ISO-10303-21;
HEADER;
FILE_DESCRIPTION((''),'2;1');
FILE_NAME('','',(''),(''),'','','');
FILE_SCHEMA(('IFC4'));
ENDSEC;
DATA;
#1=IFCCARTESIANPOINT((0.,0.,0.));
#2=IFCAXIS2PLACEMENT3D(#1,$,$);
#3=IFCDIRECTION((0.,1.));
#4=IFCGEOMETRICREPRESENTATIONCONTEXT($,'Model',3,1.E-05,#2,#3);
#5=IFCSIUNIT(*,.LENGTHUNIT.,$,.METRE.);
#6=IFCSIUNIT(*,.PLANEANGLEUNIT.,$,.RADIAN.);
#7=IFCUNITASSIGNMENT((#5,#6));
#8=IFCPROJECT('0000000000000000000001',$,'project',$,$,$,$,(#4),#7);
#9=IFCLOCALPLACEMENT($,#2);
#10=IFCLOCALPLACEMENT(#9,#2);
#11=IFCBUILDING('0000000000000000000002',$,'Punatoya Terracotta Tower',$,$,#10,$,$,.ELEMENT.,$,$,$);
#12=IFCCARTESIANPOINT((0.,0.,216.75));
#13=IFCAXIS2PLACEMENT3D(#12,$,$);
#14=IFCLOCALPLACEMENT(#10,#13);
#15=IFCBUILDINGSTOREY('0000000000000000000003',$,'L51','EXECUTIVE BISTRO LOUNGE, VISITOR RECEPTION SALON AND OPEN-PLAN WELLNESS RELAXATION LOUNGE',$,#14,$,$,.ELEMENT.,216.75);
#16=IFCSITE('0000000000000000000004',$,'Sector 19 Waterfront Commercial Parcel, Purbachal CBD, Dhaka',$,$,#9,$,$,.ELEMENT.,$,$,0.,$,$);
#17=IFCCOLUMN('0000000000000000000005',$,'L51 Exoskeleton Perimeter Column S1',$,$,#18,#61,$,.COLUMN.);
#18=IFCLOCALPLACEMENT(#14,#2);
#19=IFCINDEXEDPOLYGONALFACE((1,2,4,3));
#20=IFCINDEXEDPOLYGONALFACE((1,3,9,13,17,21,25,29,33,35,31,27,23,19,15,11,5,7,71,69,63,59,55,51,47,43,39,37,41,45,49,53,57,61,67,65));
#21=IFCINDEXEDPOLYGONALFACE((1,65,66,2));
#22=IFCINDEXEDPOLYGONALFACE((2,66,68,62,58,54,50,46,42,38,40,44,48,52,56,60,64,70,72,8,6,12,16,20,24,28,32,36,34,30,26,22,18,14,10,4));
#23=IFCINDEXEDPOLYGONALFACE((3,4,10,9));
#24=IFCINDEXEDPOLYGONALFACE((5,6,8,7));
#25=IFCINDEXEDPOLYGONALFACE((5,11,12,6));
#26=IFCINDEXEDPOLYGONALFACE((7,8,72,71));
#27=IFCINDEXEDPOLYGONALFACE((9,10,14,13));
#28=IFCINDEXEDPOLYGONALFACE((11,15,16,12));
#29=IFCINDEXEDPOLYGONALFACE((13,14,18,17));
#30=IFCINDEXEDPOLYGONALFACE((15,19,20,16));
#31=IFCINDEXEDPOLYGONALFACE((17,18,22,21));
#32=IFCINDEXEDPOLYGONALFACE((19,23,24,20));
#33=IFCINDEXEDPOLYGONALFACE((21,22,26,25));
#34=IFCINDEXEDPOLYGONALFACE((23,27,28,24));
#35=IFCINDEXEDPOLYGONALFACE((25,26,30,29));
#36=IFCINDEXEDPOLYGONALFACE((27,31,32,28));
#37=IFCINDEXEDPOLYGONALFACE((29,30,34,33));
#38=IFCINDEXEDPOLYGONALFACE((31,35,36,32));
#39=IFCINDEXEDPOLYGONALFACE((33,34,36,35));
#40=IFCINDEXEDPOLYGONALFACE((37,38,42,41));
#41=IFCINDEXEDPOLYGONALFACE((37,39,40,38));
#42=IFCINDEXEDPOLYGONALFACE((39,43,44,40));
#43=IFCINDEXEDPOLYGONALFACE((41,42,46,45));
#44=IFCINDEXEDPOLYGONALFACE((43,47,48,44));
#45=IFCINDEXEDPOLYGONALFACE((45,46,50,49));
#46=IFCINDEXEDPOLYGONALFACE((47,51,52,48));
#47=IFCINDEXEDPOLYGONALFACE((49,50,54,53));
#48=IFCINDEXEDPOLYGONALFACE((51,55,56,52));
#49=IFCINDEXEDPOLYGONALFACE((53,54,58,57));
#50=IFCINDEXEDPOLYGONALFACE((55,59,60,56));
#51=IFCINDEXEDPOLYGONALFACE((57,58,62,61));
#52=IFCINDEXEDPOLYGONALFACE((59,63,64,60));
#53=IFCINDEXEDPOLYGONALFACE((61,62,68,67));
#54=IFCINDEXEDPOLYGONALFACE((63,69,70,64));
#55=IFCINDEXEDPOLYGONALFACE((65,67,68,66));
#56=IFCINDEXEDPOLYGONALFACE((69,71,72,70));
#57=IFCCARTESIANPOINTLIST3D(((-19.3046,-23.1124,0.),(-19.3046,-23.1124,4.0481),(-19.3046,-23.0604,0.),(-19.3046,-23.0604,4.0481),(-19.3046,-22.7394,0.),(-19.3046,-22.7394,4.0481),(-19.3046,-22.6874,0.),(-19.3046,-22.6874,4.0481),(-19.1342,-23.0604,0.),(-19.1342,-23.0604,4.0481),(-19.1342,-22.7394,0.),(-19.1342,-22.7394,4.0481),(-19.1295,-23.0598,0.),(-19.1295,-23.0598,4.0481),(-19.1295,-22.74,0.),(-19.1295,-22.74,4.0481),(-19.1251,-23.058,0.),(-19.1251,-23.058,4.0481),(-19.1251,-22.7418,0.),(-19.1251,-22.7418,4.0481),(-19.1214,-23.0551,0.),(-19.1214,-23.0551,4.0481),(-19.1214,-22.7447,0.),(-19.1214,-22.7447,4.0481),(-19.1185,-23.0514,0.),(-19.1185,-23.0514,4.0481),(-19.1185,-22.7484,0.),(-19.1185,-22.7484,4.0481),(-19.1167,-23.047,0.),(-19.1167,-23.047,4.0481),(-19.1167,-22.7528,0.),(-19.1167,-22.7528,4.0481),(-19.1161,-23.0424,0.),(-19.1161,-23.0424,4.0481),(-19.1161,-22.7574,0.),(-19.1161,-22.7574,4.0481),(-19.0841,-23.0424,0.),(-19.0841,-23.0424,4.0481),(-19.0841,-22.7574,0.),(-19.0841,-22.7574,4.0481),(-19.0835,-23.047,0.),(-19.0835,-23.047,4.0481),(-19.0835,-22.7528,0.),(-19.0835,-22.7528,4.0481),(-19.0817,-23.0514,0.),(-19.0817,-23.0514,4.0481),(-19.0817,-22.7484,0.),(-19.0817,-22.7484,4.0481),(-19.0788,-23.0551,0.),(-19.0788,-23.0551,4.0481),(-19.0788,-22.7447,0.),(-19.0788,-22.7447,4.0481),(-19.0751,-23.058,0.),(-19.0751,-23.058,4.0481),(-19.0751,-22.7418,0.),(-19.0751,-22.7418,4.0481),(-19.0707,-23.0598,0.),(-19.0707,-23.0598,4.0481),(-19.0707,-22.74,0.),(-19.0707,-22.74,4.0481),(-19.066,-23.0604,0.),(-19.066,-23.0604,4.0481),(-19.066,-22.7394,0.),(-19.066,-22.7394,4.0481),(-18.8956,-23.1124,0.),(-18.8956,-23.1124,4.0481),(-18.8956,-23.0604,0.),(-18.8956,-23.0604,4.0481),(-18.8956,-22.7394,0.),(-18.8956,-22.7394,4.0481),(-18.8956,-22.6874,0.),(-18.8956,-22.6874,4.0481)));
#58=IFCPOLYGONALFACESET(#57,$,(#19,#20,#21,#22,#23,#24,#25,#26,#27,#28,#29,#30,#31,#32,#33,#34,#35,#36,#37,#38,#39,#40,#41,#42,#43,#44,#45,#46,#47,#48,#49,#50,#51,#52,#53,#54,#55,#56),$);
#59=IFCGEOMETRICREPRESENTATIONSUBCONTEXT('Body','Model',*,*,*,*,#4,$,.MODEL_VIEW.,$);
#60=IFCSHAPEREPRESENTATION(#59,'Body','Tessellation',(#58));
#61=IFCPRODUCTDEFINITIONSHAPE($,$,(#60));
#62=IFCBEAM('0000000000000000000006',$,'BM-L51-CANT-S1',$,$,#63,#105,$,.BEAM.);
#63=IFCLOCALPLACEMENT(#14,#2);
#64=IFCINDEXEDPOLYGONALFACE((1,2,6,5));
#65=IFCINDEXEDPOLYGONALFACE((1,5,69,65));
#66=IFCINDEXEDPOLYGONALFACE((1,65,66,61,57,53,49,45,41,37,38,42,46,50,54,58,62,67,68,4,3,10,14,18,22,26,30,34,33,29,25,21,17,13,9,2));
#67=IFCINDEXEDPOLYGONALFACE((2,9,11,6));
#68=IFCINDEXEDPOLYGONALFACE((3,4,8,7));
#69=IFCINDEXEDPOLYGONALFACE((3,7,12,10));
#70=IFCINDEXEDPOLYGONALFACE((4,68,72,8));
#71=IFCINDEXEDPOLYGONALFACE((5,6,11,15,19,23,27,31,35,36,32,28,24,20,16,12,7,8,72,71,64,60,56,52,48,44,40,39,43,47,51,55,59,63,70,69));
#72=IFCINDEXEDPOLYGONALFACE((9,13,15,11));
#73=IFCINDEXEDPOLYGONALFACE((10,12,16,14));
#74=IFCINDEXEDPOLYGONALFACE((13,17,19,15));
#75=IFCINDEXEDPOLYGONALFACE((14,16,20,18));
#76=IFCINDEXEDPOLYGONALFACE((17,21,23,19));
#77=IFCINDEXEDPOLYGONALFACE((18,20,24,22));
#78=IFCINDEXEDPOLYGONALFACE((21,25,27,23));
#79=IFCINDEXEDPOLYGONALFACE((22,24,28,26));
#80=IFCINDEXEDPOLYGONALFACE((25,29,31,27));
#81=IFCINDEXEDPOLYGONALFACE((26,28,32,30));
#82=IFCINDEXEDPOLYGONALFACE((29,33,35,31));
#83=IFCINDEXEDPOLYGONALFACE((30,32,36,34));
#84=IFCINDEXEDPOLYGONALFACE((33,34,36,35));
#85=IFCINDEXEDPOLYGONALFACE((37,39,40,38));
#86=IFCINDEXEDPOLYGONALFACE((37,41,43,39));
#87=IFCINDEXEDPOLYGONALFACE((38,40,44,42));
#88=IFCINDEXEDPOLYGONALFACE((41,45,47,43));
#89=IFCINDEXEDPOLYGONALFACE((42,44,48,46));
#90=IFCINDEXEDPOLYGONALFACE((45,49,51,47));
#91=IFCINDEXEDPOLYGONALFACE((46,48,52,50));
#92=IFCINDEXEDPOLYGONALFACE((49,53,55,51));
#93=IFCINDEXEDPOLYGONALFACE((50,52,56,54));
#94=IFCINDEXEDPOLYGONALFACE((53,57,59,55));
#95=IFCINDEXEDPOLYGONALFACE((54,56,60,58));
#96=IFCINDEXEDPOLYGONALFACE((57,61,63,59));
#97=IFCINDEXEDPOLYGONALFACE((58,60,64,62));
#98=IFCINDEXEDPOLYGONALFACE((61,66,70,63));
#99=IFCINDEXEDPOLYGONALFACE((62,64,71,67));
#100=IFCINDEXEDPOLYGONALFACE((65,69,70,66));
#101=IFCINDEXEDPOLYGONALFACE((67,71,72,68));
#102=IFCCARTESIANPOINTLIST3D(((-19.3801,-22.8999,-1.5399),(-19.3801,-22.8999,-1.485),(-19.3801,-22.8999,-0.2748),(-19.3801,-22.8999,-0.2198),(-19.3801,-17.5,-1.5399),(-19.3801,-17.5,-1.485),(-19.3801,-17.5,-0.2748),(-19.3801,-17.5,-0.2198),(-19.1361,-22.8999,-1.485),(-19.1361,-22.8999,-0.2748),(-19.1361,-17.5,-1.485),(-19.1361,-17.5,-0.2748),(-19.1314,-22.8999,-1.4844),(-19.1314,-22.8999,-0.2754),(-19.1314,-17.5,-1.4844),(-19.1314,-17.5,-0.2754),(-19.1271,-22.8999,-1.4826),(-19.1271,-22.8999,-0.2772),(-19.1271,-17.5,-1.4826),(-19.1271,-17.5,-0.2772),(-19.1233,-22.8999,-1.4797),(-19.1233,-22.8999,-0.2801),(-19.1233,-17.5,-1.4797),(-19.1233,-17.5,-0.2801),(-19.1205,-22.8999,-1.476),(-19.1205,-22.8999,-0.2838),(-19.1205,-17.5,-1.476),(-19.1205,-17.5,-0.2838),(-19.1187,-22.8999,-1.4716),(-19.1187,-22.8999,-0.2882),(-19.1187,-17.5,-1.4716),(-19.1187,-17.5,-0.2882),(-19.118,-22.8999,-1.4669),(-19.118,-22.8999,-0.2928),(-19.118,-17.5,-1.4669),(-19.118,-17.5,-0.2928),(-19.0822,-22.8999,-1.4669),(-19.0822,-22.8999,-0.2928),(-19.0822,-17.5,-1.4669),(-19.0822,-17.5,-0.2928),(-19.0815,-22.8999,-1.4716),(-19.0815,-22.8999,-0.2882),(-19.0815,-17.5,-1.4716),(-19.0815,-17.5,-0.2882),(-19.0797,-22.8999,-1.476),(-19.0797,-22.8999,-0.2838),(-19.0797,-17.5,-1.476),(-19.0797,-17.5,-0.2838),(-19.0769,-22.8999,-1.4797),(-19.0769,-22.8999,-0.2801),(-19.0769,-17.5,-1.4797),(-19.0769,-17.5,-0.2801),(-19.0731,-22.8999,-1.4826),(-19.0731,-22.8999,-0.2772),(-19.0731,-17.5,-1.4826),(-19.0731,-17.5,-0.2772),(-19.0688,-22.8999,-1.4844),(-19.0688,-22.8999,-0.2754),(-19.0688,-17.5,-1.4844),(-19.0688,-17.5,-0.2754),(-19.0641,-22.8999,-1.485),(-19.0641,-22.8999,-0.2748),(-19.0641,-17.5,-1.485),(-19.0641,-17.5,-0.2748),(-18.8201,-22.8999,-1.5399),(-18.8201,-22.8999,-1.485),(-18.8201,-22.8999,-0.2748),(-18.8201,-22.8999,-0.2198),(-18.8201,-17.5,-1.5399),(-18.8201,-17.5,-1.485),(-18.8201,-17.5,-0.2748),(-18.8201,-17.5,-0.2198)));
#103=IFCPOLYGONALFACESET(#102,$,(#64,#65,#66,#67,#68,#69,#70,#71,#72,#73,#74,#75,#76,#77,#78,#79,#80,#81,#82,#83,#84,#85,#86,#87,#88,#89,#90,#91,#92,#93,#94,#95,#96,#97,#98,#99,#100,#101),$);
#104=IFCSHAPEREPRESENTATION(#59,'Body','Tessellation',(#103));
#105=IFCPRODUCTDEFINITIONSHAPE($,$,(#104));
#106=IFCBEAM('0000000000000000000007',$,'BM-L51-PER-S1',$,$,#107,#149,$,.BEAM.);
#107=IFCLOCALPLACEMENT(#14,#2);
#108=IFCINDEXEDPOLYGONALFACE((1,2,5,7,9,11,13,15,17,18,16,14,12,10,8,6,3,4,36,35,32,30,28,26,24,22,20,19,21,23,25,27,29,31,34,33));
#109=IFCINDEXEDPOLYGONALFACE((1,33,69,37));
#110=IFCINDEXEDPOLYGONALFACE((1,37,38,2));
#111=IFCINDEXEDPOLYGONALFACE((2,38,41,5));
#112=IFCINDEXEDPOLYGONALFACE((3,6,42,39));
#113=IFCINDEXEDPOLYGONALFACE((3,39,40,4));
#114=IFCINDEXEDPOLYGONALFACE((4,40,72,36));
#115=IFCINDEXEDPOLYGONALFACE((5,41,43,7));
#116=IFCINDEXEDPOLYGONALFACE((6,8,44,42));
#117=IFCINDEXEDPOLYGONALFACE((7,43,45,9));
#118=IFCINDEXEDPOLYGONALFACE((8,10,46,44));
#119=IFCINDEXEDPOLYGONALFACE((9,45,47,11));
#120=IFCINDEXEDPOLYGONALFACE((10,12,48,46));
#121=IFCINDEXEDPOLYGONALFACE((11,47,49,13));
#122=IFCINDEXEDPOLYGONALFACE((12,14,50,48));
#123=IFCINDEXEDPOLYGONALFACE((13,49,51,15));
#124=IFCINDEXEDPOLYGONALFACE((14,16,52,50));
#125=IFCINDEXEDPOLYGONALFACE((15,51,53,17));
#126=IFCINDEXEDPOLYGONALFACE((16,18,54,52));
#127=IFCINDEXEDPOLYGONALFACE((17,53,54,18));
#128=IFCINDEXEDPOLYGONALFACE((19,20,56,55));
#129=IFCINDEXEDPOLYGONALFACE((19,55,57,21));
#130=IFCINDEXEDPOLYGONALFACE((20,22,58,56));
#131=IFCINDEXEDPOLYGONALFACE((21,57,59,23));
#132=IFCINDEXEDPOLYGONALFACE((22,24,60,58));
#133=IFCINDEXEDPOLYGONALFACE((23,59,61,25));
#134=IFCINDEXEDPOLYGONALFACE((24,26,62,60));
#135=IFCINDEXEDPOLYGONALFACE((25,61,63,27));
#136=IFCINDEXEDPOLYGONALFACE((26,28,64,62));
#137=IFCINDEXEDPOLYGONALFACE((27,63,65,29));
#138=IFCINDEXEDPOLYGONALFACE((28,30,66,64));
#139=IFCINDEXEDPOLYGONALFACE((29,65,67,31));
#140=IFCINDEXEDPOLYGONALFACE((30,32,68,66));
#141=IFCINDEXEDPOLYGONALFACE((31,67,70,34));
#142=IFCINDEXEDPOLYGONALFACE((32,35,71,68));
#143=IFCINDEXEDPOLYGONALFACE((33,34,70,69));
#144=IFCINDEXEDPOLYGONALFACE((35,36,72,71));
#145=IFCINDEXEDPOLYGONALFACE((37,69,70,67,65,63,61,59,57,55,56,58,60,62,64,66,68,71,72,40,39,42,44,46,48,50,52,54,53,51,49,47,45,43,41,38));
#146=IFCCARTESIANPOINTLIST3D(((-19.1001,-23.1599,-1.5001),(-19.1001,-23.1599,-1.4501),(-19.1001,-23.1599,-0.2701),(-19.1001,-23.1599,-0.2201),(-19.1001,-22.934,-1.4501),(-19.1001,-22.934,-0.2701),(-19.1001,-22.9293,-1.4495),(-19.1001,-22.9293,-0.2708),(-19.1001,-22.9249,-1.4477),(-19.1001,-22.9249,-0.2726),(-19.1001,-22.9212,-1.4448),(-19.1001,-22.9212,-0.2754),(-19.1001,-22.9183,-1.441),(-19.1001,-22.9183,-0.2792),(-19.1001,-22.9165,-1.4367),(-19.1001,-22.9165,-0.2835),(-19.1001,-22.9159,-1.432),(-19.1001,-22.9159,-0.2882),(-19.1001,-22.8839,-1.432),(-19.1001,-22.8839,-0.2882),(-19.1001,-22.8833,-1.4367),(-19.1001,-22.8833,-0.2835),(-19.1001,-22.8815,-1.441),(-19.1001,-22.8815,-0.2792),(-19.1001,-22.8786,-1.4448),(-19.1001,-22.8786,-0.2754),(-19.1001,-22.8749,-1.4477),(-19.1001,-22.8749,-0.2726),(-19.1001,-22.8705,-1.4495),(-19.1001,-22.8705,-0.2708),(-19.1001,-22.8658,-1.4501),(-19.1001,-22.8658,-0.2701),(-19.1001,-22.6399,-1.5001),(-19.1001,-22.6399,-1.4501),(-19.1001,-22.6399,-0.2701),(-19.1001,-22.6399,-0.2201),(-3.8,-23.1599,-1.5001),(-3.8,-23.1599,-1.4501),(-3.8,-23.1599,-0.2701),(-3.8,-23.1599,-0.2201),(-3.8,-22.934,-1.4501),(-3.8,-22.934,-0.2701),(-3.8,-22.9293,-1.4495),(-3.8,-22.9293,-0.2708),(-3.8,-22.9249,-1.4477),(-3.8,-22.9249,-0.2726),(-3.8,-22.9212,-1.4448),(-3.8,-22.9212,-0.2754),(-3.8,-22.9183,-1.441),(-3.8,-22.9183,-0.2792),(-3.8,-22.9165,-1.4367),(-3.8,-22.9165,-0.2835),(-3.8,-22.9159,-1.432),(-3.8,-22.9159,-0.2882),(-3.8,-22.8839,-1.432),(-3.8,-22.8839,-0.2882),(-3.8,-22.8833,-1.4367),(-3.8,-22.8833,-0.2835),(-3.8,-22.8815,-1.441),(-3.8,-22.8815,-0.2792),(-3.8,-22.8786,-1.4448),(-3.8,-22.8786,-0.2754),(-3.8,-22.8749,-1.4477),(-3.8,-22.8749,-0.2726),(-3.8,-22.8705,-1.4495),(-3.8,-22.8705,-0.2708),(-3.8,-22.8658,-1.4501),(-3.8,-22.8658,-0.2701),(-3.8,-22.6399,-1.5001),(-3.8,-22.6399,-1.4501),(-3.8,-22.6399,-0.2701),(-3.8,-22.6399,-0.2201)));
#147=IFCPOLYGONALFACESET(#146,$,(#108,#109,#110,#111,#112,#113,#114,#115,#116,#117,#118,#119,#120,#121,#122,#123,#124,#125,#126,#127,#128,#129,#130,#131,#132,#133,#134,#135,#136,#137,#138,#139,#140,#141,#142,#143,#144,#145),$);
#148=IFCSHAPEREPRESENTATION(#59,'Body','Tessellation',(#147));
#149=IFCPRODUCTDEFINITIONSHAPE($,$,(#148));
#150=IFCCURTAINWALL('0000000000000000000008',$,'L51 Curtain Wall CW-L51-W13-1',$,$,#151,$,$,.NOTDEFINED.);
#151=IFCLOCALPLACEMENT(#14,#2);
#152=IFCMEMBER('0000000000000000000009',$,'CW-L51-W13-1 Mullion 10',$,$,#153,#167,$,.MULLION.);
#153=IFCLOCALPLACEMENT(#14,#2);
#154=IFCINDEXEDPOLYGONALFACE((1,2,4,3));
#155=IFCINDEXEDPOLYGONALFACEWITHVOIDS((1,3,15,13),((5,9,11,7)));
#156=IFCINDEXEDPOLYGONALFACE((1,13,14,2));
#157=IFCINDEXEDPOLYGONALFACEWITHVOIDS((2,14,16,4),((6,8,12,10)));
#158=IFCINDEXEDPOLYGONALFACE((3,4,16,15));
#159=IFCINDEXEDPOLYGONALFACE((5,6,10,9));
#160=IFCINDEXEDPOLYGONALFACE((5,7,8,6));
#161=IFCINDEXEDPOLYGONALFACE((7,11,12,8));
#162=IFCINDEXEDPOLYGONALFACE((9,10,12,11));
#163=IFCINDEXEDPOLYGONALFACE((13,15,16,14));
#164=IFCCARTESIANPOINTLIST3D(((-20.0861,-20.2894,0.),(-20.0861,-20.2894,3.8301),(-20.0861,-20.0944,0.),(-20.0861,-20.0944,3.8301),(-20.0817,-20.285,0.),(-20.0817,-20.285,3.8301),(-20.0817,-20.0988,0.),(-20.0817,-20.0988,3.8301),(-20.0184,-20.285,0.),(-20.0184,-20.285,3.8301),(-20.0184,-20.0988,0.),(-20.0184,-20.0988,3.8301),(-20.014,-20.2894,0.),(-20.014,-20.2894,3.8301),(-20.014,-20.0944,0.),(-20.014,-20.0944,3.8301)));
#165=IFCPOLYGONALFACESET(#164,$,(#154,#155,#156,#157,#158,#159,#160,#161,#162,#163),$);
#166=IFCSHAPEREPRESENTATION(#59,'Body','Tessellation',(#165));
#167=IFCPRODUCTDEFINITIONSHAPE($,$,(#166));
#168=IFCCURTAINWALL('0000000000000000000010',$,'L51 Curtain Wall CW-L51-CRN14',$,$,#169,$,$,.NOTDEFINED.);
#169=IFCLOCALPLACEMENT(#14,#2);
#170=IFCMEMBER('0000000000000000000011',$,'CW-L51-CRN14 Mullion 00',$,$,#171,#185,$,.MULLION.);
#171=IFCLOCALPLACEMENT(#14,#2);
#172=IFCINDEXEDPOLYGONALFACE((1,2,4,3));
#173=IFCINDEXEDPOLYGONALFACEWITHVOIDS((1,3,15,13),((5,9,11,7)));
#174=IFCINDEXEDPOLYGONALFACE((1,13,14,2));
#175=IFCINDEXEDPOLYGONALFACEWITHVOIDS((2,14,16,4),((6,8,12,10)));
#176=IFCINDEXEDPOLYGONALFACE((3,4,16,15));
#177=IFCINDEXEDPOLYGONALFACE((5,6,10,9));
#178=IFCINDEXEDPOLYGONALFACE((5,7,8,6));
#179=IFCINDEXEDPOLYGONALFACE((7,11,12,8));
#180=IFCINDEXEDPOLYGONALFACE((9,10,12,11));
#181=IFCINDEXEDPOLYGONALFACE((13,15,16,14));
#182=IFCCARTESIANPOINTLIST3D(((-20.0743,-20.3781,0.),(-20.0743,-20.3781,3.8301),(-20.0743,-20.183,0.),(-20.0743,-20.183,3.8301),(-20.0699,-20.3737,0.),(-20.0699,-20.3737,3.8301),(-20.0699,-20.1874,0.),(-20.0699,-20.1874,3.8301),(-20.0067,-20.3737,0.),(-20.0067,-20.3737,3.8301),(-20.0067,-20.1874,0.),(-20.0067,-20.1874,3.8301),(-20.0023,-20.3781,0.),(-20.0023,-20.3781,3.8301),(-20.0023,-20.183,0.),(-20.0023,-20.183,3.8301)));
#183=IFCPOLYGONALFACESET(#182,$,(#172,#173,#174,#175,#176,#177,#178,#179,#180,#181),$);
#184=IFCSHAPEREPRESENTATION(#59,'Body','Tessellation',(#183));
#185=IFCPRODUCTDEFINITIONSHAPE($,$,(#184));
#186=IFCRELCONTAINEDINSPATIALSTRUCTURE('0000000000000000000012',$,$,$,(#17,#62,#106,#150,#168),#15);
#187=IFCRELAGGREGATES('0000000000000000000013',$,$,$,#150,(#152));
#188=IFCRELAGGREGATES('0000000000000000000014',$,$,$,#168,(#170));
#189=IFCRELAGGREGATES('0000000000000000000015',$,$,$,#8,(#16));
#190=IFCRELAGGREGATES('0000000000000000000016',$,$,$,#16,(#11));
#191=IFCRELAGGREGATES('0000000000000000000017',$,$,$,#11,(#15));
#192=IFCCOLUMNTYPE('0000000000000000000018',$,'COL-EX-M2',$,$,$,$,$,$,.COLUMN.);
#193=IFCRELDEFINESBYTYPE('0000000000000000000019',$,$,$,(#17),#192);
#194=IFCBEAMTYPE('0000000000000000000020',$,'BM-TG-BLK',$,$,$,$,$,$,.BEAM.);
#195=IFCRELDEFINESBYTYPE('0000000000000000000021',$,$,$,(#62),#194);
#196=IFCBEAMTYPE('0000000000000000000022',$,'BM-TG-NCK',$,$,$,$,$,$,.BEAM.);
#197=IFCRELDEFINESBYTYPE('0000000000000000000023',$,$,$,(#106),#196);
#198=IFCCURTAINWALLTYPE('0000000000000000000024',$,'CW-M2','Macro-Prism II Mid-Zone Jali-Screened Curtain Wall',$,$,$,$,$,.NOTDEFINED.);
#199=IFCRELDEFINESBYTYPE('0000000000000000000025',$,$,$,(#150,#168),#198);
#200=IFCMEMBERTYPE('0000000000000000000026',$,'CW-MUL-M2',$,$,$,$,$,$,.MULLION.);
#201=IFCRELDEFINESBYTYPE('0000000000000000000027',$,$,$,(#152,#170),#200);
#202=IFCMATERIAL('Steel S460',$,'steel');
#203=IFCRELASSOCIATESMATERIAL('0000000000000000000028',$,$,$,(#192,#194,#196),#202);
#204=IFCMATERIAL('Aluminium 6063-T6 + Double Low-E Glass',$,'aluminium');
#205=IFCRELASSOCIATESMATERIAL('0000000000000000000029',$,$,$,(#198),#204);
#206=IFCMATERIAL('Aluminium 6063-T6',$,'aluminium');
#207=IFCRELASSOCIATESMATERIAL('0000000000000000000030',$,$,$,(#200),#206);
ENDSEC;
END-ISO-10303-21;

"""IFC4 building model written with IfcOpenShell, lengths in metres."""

from ifc_helpers import new_model, si_unit, direction, frame, origin, origin_2d, place, context, subcontext, project, spatial, hollow_rectangle, i_section, extrude, material, material_profile, profile_set, type_object, element, aggregate, save


model = new_model("IFC4")

# Units and contexts
model_context = context("Model", 3, precision=1e-05, world=origin(), true_north=direction((0.0, 1.0)))
body_context = subcontext(model_context, "Body", "Model", "MODEL_VIEW")
ifc_project = project(units=[si_unit("LENGTHUNIT", "METRE"), si_unit("PLANEANGLEUNIT", "RADIAN")], contexts=[model_context])

# Site, building, storey
site_placement = place(None, origin())
site = spatial("IfcSite", under=ifc_project, at=site_placement, Name="Sector 19 Waterfront Commercial Parcel, Purbachal CBD, Dhaka", CompositionType="ELEMENT", RefElevation=0.0)
building_placement = place(site_placement, origin())
building = spatial("IfcBuilding", under=site, at=building_placement, Name="Punatoya Terracotta Tower", CompositionType="ELEMENT")
storey_placement = place(building_placement, frame((0.0, 0.0, 216.75)))
storey = spatial("IfcBuildingStorey", under=building, at=storey_placement, Name="L51", Description="EXECUTIVE BISTRO LOUNGE, VISITOR RECEPTION SALON AND OPEN-PLAN WELLNESS RELAXATION LOUNGE", CompositionType="ELEMENT", Elevation=216.75)

# Column
ifc_material_1 = material(Name="Steel S460", Category="steel")
ifc_material_profile_1 = material_profile(ifc_material_1, i_section(OverallWidth=0.4089, OverallDepth=0.425, WebThickness=0.032, FlangeThickness=0.052, FilletRadius=0.0181, at=origin_2d()))
ifc_profile_set_1 = profile_set([ifc_material_profile_1], Name="Steel S460")
column_type = type_object("IfcColumnType", Name="COL-EX-M2", PredefinedType="COLUMN", material=ifc_profile_set_1)
column_placement = place(storey_placement, frame((-19.1001, -22.8999, 0.0), z_axis=(0.0, 0.0, 1.0), x_axis=(1.0, 0.0, 0.0)))
element("IfcColumn", 1, at=column_placement, inside=storey, type_object=column_type, Name="L51 Exoskeleton Perimeter Column S1", PredefinedType="COLUMN", context=body_context, shape_type="SweptSolid", body=[
    extrude(i_section(OverallWidth=0.4089, OverallDepth=0.425, WebThickness=0.032, FlangeThickness=0.052, FilletRadius=0.0181, at=origin_2d()), origin(), (0.0, 0.0, 1.0), 4.0481),
])

# Beams
ifc_material_profile_2 = material_profile(ifc_material_1, i_section(OverallWidth=0.5601, OverallDepth=1.3201, WebThickness=0.0359, FlangeThickness=0.0549, FilletRadius=0.0181, at=origin_2d()))
ifc_profile_set_2 = profile_set([ifc_material_profile_2], Name="Steel S460")
beam_type_1 = type_object("IfcBeamType", Name="BM-TG-BLK", PredefinedType="BEAM", material=ifc_profile_set_2)
beam_1_placement = place(storey_placement, frame((-19.1001, -22.8999, -0.8799), z_axis=(0.0, 1.0, 0.0), x_axis=(-1.0, 0.0, 0.0)))
element("IfcBeam", 2, at=beam_1_placement, inside=storey, type_object=beam_type_1, Name="BM-L51-CANT-S1", PredefinedType="BEAM", context=body_context, shape_type="SweptSolid", body=[
    extrude(i_section(OverallWidth=0.5601, OverallDepth=1.3201, WebThickness=0.0359, FlangeThickness=0.0549, FilletRadius=0.0181, at=origin_2d()), origin(), (0.0, 0.0, 1.0), 5.3999),
])
ifc_material_profile_3 = material_profile(ifc_material_1, i_section(OverallWidth=0.52, OverallDepth=1.28, WebThickness=0.032, FlangeThickness=0.05, FilletRadius=0.0181, at=origin_2d()))
ifc_profile_set_3 = profile_set([ifc_material_profile_3], Name="Steel S460")
beam_type_2 = type_object("IfcBeamType", Name="BM-TG-NCK", PredefinedType="BEAM", material=ifc_profile_set_3)
beam_2_placement = place(storey_placement, frame((-19.1001, -22.8999, -0.8601), z_axis=(1.0, 0.0, 0.0), x_axis=(0.0, 1.0, 0.0)))
element("IfcBeam", 3, at=beam_2_placement, inside=storey, type_object=beam_type_2, Name="BM-L51-PER-S1", PredefinedType="BEAM", context=body_context, shape_type="SweptSolid", body=[
    extrude(i_section(OverallWidth=0.52, OverallDepth=1.28, WebThickness=0.032, FlangeThickness=0.05, FilletRadius=0.0181, at=origin_2d()), origin(), (0.0, 0.0, 1.0), 15.3),
])

# Curtain wall, member
ifc_material_2 = material(Name="Aluminium 6063-T6 + Double Low-E Glass", Category="aluminium")
curtain_wall_type = type_object("IfcCurtainWallType", Name="CW-M2", Description="Macro-Prism II Mid-Zone Jali-Screened Curtain Wall", PredefinedType="NOTDEFINED", material=ifc_material_2)
curtain_wall_1_placement = place(storey_placement, origin())
curtain_wall_1 = element("IfcCurtainWall", 4, at=curtain_wall_1_placement, inside=storey, type_object=curtain_wall_type, Name="L51 Curtain Wall CW-L51-W13-1", PredefinedType="NOTDEFINED")
ifc_material_3 = material(Name="Aluminium 6063-T6", Category="aluminium")
ifc_material_profile_4 = material_profile(ifc_material_3, hollow_rectangle(XDim=0.072, YDim=0.1951, WallThickness=0.0044, at=origin_2d()))
ifc_profile_set_4 = profile_set([ifc_material_profile_4], Name="Aluminium 6063-T6")
member_type_1 = type_object("IfcMemberType", Name="CW-MUL-M2", PredefinedType="MULLION", material=ifc_profile_set_4)
member_1_placement = place(storey_placement, frame((-20.05, -20.1919, 0.0), z_axis=(0.0, 0.0, 1.0), x_axis=(1.0, 0.0, 0.0)))
member_1 = element("IfcMember", 5, at=member_1_placement, type_object=member_type_1, Name="CW-L51-W13-1 Mullion 10", PredefinedType="MULLION", context=body_context, shape_type="SweptSolid", body=[
    extrude(hollow_rectangle(XDim=0.072, YDim=0.1951, WallThickness=0.0044, at=origin_2d()), origin(), (0.0, 0.0, 1.0), 3.8301),
])

# Curtain wall, member
curtain_wall_2_placement = place(storey_placement, origin())
curtain_wall_2 = element("IfcCurtainWall", 6, at=curtain_wall_2_placement, inside=storey, type_object=curtain_wall_type, Name="L51 Curtain Wall CW-L51-CRN14", PredefinedType="NOTDEFINED")
member_2_placement = place(storey_placement, frame((-20.0383, -20.2805, 0.0), z_axis=(0.0, 0.0, 1.0), x_axis=(1.0, 0.0, 0.0)))
member_2 = element("IfcMember", 7, at=member_2_placement, type_object=member_type_1, Name="CW-L51-CRN14 Mullion 00", PredefinedType="MULLION", context=body_context, shape_type="SweptSolid", body=[
    extrude(hollow_rectangle(XDim=0.072, YDim=0.1951, WallThickness=0.0044, at=origin_2d()), origin(), (0.0, 0.0, 1.0), 3.8301),
])

aggregate(curtain_wall_1, [member_1])
aggregate(curtain_wall_2, [member_2])

save(model, "model.ifc")
